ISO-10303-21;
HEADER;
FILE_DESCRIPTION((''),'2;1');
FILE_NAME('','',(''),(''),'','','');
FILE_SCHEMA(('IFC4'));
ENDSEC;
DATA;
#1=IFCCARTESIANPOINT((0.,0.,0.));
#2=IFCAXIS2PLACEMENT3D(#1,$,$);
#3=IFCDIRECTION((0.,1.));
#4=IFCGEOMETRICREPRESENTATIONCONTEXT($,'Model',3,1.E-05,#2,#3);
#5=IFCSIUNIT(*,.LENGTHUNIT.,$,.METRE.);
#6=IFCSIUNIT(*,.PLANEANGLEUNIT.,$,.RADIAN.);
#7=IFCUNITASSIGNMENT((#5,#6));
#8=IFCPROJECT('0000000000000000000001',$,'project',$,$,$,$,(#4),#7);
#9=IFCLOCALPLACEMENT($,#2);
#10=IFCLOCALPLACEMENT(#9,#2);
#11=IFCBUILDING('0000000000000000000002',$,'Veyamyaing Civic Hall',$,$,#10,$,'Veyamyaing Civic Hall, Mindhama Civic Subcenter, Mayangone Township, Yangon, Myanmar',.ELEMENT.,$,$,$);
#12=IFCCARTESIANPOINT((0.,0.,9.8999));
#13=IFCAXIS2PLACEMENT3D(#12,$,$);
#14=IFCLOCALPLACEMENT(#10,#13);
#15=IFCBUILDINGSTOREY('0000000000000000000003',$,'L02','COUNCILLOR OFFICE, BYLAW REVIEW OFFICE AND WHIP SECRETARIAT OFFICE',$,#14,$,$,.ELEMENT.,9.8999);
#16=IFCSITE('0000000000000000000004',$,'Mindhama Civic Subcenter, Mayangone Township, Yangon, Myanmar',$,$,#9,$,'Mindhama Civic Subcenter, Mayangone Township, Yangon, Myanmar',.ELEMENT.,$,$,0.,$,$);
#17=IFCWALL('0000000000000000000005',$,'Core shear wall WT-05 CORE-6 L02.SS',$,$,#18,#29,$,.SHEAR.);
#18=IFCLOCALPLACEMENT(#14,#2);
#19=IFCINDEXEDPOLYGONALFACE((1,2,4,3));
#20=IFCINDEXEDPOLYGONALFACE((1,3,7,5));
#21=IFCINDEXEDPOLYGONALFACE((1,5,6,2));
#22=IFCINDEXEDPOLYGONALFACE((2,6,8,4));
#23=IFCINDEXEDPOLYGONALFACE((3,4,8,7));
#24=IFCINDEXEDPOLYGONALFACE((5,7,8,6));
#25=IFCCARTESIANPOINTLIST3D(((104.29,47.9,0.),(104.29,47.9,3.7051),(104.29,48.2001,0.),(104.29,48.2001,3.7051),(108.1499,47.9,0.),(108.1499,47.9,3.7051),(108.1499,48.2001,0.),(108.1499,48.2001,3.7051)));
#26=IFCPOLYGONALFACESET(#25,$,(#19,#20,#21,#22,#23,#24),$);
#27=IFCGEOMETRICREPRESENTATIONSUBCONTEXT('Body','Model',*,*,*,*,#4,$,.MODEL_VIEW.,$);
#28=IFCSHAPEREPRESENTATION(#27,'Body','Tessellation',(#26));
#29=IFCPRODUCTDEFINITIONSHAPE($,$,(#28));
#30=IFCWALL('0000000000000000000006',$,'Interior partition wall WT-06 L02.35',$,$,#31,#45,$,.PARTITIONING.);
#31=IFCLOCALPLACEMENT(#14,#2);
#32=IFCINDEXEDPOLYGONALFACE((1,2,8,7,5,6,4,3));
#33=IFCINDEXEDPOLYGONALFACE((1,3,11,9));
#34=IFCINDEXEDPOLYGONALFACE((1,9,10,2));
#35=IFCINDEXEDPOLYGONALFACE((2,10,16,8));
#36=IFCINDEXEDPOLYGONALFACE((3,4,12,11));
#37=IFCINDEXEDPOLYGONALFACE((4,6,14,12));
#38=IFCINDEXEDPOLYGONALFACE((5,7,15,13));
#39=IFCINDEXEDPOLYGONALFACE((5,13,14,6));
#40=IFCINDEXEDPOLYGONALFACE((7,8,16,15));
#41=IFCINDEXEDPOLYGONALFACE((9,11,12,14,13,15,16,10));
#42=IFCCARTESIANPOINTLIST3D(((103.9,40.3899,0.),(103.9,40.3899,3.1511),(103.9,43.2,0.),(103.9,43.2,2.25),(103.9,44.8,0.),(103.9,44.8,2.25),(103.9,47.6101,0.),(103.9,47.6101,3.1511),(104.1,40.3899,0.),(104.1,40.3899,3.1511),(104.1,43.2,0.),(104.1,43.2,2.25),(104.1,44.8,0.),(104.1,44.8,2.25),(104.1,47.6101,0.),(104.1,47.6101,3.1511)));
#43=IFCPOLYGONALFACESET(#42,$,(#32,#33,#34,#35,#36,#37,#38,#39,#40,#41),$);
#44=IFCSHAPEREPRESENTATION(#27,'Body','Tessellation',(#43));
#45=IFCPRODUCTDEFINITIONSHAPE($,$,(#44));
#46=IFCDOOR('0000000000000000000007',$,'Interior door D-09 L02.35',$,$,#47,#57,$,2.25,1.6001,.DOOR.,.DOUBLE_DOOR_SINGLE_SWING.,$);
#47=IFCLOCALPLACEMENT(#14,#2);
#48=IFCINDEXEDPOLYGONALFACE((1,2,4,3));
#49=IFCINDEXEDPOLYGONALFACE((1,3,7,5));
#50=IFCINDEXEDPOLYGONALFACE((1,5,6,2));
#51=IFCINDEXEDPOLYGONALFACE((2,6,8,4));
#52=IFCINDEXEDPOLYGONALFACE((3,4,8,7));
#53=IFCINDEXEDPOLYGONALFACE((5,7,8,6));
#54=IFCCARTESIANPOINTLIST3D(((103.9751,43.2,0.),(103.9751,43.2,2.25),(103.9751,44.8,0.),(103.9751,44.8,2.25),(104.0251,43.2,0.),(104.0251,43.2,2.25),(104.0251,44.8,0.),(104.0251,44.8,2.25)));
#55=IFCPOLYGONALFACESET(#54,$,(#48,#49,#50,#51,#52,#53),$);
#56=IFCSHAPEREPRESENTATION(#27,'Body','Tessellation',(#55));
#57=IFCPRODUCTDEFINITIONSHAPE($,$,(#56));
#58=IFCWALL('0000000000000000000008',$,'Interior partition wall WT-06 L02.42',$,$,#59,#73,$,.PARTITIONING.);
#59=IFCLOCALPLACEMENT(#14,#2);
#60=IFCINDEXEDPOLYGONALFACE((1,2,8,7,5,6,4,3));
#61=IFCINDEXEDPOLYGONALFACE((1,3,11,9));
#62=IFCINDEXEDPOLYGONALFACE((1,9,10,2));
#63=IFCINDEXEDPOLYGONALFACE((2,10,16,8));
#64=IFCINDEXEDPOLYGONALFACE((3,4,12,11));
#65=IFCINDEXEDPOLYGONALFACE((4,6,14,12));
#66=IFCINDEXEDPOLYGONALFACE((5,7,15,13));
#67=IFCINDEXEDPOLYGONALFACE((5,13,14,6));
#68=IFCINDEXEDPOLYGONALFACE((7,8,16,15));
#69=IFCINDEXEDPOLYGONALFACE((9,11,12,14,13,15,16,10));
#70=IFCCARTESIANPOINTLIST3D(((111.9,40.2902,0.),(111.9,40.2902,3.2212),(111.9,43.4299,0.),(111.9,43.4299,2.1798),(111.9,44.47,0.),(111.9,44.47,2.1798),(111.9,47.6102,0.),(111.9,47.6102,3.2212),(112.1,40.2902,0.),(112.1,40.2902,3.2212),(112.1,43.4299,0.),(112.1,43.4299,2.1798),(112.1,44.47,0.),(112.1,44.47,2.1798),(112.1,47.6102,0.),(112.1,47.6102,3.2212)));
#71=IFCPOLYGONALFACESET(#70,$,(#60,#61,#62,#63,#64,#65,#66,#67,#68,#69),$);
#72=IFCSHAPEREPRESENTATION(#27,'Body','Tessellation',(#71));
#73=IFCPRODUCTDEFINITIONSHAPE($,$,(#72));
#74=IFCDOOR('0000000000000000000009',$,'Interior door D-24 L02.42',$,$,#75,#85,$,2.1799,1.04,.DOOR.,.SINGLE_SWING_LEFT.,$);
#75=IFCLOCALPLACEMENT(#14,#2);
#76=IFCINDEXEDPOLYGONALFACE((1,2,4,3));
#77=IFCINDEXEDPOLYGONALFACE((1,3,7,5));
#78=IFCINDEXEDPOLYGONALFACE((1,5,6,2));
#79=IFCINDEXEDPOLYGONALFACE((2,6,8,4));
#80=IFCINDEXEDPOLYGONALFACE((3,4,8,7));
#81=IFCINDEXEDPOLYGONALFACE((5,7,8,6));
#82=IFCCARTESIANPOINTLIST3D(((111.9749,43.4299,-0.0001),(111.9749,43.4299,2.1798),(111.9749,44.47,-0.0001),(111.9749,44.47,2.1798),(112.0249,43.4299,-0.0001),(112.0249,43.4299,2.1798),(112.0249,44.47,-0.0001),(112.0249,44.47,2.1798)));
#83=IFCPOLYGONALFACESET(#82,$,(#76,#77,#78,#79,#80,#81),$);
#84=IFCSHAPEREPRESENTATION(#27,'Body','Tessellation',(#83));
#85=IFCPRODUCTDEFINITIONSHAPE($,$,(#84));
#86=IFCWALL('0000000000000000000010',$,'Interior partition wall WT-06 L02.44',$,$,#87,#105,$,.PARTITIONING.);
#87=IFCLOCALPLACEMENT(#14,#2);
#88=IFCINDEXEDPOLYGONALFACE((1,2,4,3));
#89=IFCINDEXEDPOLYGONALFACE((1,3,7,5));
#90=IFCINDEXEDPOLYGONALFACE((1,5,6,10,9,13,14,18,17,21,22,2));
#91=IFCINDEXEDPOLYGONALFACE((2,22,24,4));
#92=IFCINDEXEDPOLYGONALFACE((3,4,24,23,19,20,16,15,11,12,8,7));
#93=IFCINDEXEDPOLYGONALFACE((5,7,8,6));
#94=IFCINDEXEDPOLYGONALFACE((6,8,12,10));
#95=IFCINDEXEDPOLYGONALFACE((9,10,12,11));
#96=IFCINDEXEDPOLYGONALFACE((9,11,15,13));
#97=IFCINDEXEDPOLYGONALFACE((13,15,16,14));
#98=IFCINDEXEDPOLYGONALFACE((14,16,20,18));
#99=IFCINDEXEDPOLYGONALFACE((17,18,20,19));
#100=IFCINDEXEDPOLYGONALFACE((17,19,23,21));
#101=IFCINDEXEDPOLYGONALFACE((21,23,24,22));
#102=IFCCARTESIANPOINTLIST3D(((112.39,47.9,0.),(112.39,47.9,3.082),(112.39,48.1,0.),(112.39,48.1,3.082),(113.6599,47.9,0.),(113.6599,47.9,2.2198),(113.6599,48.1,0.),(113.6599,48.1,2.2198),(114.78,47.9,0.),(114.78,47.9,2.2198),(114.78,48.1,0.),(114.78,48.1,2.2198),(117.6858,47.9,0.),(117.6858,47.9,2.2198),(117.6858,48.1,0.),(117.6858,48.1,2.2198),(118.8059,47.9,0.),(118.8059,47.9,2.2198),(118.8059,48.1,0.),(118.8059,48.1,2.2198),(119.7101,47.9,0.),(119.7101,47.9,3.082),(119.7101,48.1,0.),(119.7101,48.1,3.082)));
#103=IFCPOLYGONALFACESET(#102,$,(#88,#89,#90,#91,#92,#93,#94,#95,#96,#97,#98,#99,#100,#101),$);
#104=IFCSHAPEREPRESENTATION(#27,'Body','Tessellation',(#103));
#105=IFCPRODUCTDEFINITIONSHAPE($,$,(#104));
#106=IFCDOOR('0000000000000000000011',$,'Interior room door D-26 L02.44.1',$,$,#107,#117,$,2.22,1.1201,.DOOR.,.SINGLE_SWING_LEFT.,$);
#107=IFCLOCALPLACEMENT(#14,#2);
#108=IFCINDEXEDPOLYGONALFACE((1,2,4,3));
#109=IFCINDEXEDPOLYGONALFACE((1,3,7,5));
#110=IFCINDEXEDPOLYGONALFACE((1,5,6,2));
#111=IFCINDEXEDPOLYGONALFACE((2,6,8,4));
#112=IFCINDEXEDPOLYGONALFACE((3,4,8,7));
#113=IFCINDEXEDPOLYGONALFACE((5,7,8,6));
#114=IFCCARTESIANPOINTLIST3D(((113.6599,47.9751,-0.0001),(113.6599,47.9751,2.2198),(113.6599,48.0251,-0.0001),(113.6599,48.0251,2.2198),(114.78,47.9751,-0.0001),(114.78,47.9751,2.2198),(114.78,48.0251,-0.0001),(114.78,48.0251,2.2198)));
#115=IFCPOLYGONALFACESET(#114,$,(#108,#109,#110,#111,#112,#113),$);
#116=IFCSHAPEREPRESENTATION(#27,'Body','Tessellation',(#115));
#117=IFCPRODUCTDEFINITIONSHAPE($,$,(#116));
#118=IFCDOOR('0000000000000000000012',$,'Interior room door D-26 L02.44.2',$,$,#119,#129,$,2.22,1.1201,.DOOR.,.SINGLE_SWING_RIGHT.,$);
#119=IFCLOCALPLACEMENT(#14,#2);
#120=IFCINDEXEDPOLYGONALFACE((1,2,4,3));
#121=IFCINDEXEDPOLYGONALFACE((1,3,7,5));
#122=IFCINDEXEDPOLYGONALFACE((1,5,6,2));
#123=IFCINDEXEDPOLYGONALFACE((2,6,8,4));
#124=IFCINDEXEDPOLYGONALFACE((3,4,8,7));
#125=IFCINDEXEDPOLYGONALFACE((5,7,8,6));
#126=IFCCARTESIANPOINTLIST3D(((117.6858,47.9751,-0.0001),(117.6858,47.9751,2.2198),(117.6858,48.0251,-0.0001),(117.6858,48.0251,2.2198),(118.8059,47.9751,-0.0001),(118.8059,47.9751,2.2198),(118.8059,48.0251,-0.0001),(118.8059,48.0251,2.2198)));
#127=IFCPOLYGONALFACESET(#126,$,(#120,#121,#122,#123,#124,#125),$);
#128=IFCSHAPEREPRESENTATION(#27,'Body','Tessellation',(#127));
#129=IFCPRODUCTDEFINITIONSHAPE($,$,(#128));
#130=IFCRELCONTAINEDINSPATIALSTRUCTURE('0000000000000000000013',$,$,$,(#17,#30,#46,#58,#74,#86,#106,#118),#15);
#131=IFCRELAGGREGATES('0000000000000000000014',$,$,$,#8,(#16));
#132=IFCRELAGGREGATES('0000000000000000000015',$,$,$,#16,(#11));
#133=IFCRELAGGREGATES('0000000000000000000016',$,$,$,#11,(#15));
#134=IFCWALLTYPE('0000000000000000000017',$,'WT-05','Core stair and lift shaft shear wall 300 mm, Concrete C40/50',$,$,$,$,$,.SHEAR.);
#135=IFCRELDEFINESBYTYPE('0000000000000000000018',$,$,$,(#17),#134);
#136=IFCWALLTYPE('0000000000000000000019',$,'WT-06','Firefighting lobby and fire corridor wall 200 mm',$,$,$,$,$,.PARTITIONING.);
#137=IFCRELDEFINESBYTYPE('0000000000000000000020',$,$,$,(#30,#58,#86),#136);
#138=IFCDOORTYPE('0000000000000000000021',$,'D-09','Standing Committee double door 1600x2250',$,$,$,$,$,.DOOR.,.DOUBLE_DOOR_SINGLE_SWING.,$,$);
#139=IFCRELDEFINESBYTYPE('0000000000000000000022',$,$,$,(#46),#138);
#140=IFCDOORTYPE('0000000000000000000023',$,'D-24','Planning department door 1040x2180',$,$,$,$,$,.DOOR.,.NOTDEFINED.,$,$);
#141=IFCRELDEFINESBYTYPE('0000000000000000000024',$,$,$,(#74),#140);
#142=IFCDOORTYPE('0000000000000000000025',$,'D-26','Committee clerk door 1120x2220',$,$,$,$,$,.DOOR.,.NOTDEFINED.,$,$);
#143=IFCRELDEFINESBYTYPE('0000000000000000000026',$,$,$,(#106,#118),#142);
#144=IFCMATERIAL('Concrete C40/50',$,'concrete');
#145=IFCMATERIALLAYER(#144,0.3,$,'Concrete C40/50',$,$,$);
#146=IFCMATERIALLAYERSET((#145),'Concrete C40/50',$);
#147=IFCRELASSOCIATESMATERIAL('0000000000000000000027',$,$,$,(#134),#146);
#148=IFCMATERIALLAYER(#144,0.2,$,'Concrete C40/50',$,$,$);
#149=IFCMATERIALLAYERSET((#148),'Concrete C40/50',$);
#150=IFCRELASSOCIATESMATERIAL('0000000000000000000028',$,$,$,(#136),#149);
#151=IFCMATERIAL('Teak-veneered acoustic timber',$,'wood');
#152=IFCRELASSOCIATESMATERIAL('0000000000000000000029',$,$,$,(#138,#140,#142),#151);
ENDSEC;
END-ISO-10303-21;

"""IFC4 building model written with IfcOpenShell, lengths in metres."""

from ifc_helpers import new_model, si_unit, direction, frame, frame_2d, origin, place, context, subcontext, project, spatial, rectangle, extrude, material, layer, layer_set, type_object, element, fill, save


model = new_model("IFC4")

# Units and contexts
model_context = context("Model", 3, precision=1e-05, world=origin(), true_north=direction((0.0, 1.0)))
body_context = subcontext(model_context, "Body", "Model", "MODEL_VIEW")
ifc_project = project(units=[si_unit("LENGTHUNIT", "METRE"), si_unit("PLANEANGLEUNIT", "RADIAN")], contexts=[model_context])

# Site, building, storey
site_placement = place(None, origin())
site = spatial("IfcSite", under=ifc_project, at=site_placement, Name="Mindhama Civic Subcenter, Mayangone Township, Yangon, Myanmar", LongName="Mindhama Civic Subcenter, Mayangone Township, Yangon, Myanmar", CompositionType="ELEMENT", RefElevation=0.0)
building_placement = place(site_placement, origin())
building = spatial("IfcBuilding", under=site, at=building_placement, Name="Veyamyaing Civic Hall", LongName="Veyamyaing Civic Hall, Mindhama Civic Subcenter, Mayangone Township, Yangon, Myanmar", CompositionType="ELEMENT")
storey_placement = place(building_placement, frame((0.0, 0.0, 9.8999)))
storey = spatial("IfcBuildingStorey", under=building, at=storey_placement, Name="L02", Description="COUNCILLOR OFFICE, BYLAW REVIEW OFFICE AND WHIP SECRETARIAT OFFICE", CompositionType="ELEMENT", Elevation=9.8999)

# Wall
ifc_material_1 = material(Name="Concrete C40/50", Category="concrete")
ifc_layer_1 = layer(ifc_material_1, 0.3, Name="Concrete C40/50")
ifc_layer_set_1 = layer_set([ifc_layer_1], Name="Concrete C40/50")
wall_type_1 = type_object("IfcWallType", Name="WT-05", Description="Core stair and lift shaft shear wall 300 mm, Concrete C40/50", PredefinedType="SHEAR", material=ifc_layer_set_1)
wall_1_placement = place(storey_placement, frame((104.29, 48.05, 0.0), z_axis=(0.0, 0.0, 1.0), x_axis=(1.0, 0.0, 0.0)))
element("IfcWall", 1, at=wall_1_placement, inside=storey, type_object=wall_type_1, Name="Core shear wall WT-05 CORE-6 L02.SS", PredefinedType="SHEAR", context=body_context, shape_type="SweptSolid", body=[
    extrude(rectangle(XDim=3.8599, YDim=0.3, at=frame_2d((1.9299, 0.0))), origin(), (0.0, 0.0, 1.0), 3.7051),
])

# Walls, openings, doors
ifc_layer_2 = layer(ifc_material_1, 0.2, Name="Concrete C40/50")
ifc_layer_set_2 = layer_set([ifc_layer_2], Name="Concrete C40/50")
wall_type_2 = type_object("IfcWallType", Name="WT-06", Description="Firefighting lobby and fire corridor wall 200 mm", PredefinedType="PARTITIONING", material=ifc_layer_set_2)
wall_2_placement = place(storey_placement, frame((104.0, 40.3899, 0.0), z_axis=(0.0, 0.0, 1.0), x_axis=(0.0, 1.0, 0.0)))
wall_2 = element("IfcWall", 2, at=wall_2_placement, inside=storey, type_object=wall_type_2, Name="Interior partition wall WT-06 L02.35", PredefinedType="PARTITIONING", context=body_context, shape_type="SweptSolid", body=[
    extrude(rectangle(XDim=7.2202, YDim=0.2, at=frame_2d((3.6101, 0.0))), origin(), (0.0, 0.0, 1.0), 3.1511),
])
opening_1_placement = place(wall_2_placement, frame((2.8101, 0.0, 0.0)))
opening_1 = element("IfcOpeningElement", 3, at=opening_1_placement, cuts=wall_2, PredefinedType="OPENING", context=body_context, shape_type="SweptSolid", body=[
    extrude(rectangle(XDim=1.6001, YDim=2.25, at=frame_2d((0.8, 1.125))), frame((0.0, 0.1099, 0.0), z_axis=(0.0, -1.0, 0.0), x_axis=(1.0, 0.0, 0.0)), (0.0, 0.0, 1.0), 0.22),
])
ifc_material_2 = material(Name="Teak-veneered acoustic timber", Category="wood")
door_type_1 = type_object("IfcDoorType", Name="D-09", Description="Standing Committee double door 1600x2250", OperationType="DOUBLE_DOOR_SINGLE_SWING", PredefinedType="DOOR", material=ifc_material_2)
door_1_placement = place(opening_1_placement, origin())
door_1 = element("IfcDoor", 4, at=door_1_placement, inside=storey, type_object=door_type_1, Name="Interior door D-09 L02.35", OperationType="DOUBLE_DOOR_SINGLE_SWING", OverallHeight=2.25, OverallWidth=1.6001, PredefinedType="DOOR", context=body_context, shape_type="SweptSolid", body=[
    extrude(rectangle(XDim=1.6001, YDim=2.25, at=frame_2d((0.8, 1.125))), frame((0.0, 0.0249, 0.0), z_axis=(0.0, -1.0, 0.0), x_axis=(1.0, 0.0, 0.0)), (0.0, 0.0, 1.0), 0.05),
])
fill(opening_1, door_1)
wall_3_placement = place(storey_placement, frame((112.0, 40.29, 0.0), z_axis=(0.0, 0.0, 1.0), x_axis=(0.0, 1.0, 0.0)))
wall_3 = element("IfcWall", 5, at=wall_3_placement, inside=storey, type_object=wall_type_2, Name="Interior partition wall WT-06 L02.42", PredefinedType="PARTITIONING", context=body_context, shape_type="SweptSolid", body=[
    extrude(rectangle(XDim=7.3201, YDim=0.2, at=frame_2d((3.6602, 0.0))), origin(), (0.0, 0.0, 1.0), 3.2212),
])
opening_2_placement = place(wall_3_placement, frame((3.1399, 0.0, 0.0)))
opening_2 = element("IfcOpeningElement", 6, at=opening_2_placement, cuts=wall_3, PredefinedType="OPENING", context=body_context, shape_type="SweptSolid", body=[
    extrude(rectangle(XDim=1.04, YDim=2.1799, at=frame_2d((0.52, 1.0898))), frame((0.0, 0.1099, 0.0), z_axis=(0.0, -1.0, 0.0), x_axis=(1.0, 0.0, 0.0)), (0.0, 0.0, 1.0), 0.22),
])
door_type_2 = type_object("IfcDoorType", Name="D-24", Description="Planning department door 1040x2180", OperationType="NOTDEFINED", PredefinedType="DOOR", material=ifc_material_2)
door_2_placement = place(opening_2_placement, frame((1.04, 0.0, 0.0), z_axis=(0.0, 0.0, 1.0), x_axis=(-1.0, 0.0, 0.0)))
door_2 = element("IfcDoor", 7, at=door_2_placement, inside=storey, type_object=door_type_2, Name="Interior door D-24 L02.42", OperationType="SINGLE_SWING_LEFT", OverallHeight=2.1799, OverallWidth=1.04, PredefinedType="DOOR", context=body_context, shape_type="SweptSolid", body=[
    extrude(rectangle(XDim=1.04, YDim=2.1799, at=frame_2d((0.52, 1.0898))), frame((0.0, 0.0249, 0.0), z_axis=(0.0, -1.0, 0.0), x_axis=(1.0, 0.0, 0.0)), (0.0, 0.0, 1.0), 0.05),
])
fill(opening_2, door_2)

# Wall, openings, doors
wall_4_placement = place(storey_placement, frame((112.3899, 48.0, 0.0), z_axis=(0.0, 0.0, 1.0), x_axis=(1.0, 0.0, 0.0)))
wall_4 = element("IfcWall", 8, at=wall_4_placement, inside=storey, type_object=wall_type_2, Name="Interior partition wall WT-06 L02.44", PredefinedType="PARTITIONING", context=body_context, shape_type="SweptSolid", body=[
    extrude(rectangle(XDim=7.3201, YDim=0.2, at=frame_2d((3.6602, 0.0))), origin(), (0.0, 0.0, 1.0), 3.082),
])
opening_3_placement = place(wall_4_placement, frame((1.27, 0.0, 0.0)))
opening_3 = element("IfcOpeningElement", 9, at=opening_3_placement, cuts=wall_4, PredefinedType="OPENING", context=body_context, shape_type="SweptSolid", body=[
    extrude(rectangle(XDim=1.1201, YDim=2.22, at=frame_2d((0.5601, 1.1099))), frame((0.0, 0.1099, 0.0), z_axis=(0.0, -1.0, 0.0), x_axis=(1.0, 0.0, 0.0)), (0.0, 0.0, 1.0), 0.22),
])
opening_4_placement = place(wall_4_placement, frame((5.2959, 0.0, 0.0)))
opening_4 = element("IfcOpeningElement", 10, at=opening_4_placement, cuts=wall_4, PredefinedType="OPENING", context=body_context, shape_type="SweptSolid", body=[
    extrude(rectangle(XDim=1.1201, YDim=2.22, at=frame_2d((0.5601, 1.1099))), frame((0.0, 0.1099, 0.0), z_axis=(0.0, -1.0, 0.0), x_axis=(1.0, 0.0, 0.0)), (0.0, 0.0, 1.0), 0.22),
])
door_type_3 = type_object("IfcDoorType", Name="D-26", Description="Committee clerk door 1120x2220", OperationType="NOTDEFINED", PredefinedType="DOOR", material=ifc_material_2)
door_3_placement = place(opening_3_placement, frame((1.1201, 0.0, 0.0), z_axis=(0.0, 0.0, 1.0), x_axis=(-1.0, 0.0, 0.0)))
door_3 = element("IfcDoor", 11, at=door_3_placement, inside=storey, type_object=door_type_3, Name="Interior room door D-26 L02.44.1", OperationType="SINGLE_SWING_LEFT", OverallHeight=2.22, OverallWidth=1.1201, PredefinedType="DOOR", context=body_context, shape_type="SweptSolid", body=[
    extrude(rectangle(XDim=1.1201, YDim=2.22, at=frame_2d((0.5601, 1.1099))), frame((0.0, 0.0249, 0.0), z_axis=(0.0, -1.0, 0.0), x_axis=(1.0, 0.0, 0.0)), (0.0, 0.0, 1.0), 0.05),
])
fill(opening_3, door_3)
door_4_placement = place(opening_4_placement, frame((1.1201, 0.0, 0.0), z_axis=(0.0, 0.0, 1.0), x_axis=(-1.0, 0.0, 0.0)))
door_4 = element("IfcDoor", 12, at=door_4_placement, inside=storey, type_object=door_type_3, Name="Interior room door D-26 L02.44.2", OperationType="SINGLE_SWING_RIGHT", OverallHeight=2.22, OverallWidth=1.1201, PredefinedType="DOOR", context=body_context, shape_type="SweptSolid", body=[
    extrude(rectangle(XDim=1.1201, YDim=2.22, at=frame_2d((0.5601, 1.1099))), frame((0.0, 0.0249, 0.0), z_axis=(0.0, -1.0, 0.0), x_axis=(1.0, 0.0, 0.0)), (0.0, 0.0, 1.0), 0.05),
])
fill(opening_4, door_4)

save(model, "model.ifc")
